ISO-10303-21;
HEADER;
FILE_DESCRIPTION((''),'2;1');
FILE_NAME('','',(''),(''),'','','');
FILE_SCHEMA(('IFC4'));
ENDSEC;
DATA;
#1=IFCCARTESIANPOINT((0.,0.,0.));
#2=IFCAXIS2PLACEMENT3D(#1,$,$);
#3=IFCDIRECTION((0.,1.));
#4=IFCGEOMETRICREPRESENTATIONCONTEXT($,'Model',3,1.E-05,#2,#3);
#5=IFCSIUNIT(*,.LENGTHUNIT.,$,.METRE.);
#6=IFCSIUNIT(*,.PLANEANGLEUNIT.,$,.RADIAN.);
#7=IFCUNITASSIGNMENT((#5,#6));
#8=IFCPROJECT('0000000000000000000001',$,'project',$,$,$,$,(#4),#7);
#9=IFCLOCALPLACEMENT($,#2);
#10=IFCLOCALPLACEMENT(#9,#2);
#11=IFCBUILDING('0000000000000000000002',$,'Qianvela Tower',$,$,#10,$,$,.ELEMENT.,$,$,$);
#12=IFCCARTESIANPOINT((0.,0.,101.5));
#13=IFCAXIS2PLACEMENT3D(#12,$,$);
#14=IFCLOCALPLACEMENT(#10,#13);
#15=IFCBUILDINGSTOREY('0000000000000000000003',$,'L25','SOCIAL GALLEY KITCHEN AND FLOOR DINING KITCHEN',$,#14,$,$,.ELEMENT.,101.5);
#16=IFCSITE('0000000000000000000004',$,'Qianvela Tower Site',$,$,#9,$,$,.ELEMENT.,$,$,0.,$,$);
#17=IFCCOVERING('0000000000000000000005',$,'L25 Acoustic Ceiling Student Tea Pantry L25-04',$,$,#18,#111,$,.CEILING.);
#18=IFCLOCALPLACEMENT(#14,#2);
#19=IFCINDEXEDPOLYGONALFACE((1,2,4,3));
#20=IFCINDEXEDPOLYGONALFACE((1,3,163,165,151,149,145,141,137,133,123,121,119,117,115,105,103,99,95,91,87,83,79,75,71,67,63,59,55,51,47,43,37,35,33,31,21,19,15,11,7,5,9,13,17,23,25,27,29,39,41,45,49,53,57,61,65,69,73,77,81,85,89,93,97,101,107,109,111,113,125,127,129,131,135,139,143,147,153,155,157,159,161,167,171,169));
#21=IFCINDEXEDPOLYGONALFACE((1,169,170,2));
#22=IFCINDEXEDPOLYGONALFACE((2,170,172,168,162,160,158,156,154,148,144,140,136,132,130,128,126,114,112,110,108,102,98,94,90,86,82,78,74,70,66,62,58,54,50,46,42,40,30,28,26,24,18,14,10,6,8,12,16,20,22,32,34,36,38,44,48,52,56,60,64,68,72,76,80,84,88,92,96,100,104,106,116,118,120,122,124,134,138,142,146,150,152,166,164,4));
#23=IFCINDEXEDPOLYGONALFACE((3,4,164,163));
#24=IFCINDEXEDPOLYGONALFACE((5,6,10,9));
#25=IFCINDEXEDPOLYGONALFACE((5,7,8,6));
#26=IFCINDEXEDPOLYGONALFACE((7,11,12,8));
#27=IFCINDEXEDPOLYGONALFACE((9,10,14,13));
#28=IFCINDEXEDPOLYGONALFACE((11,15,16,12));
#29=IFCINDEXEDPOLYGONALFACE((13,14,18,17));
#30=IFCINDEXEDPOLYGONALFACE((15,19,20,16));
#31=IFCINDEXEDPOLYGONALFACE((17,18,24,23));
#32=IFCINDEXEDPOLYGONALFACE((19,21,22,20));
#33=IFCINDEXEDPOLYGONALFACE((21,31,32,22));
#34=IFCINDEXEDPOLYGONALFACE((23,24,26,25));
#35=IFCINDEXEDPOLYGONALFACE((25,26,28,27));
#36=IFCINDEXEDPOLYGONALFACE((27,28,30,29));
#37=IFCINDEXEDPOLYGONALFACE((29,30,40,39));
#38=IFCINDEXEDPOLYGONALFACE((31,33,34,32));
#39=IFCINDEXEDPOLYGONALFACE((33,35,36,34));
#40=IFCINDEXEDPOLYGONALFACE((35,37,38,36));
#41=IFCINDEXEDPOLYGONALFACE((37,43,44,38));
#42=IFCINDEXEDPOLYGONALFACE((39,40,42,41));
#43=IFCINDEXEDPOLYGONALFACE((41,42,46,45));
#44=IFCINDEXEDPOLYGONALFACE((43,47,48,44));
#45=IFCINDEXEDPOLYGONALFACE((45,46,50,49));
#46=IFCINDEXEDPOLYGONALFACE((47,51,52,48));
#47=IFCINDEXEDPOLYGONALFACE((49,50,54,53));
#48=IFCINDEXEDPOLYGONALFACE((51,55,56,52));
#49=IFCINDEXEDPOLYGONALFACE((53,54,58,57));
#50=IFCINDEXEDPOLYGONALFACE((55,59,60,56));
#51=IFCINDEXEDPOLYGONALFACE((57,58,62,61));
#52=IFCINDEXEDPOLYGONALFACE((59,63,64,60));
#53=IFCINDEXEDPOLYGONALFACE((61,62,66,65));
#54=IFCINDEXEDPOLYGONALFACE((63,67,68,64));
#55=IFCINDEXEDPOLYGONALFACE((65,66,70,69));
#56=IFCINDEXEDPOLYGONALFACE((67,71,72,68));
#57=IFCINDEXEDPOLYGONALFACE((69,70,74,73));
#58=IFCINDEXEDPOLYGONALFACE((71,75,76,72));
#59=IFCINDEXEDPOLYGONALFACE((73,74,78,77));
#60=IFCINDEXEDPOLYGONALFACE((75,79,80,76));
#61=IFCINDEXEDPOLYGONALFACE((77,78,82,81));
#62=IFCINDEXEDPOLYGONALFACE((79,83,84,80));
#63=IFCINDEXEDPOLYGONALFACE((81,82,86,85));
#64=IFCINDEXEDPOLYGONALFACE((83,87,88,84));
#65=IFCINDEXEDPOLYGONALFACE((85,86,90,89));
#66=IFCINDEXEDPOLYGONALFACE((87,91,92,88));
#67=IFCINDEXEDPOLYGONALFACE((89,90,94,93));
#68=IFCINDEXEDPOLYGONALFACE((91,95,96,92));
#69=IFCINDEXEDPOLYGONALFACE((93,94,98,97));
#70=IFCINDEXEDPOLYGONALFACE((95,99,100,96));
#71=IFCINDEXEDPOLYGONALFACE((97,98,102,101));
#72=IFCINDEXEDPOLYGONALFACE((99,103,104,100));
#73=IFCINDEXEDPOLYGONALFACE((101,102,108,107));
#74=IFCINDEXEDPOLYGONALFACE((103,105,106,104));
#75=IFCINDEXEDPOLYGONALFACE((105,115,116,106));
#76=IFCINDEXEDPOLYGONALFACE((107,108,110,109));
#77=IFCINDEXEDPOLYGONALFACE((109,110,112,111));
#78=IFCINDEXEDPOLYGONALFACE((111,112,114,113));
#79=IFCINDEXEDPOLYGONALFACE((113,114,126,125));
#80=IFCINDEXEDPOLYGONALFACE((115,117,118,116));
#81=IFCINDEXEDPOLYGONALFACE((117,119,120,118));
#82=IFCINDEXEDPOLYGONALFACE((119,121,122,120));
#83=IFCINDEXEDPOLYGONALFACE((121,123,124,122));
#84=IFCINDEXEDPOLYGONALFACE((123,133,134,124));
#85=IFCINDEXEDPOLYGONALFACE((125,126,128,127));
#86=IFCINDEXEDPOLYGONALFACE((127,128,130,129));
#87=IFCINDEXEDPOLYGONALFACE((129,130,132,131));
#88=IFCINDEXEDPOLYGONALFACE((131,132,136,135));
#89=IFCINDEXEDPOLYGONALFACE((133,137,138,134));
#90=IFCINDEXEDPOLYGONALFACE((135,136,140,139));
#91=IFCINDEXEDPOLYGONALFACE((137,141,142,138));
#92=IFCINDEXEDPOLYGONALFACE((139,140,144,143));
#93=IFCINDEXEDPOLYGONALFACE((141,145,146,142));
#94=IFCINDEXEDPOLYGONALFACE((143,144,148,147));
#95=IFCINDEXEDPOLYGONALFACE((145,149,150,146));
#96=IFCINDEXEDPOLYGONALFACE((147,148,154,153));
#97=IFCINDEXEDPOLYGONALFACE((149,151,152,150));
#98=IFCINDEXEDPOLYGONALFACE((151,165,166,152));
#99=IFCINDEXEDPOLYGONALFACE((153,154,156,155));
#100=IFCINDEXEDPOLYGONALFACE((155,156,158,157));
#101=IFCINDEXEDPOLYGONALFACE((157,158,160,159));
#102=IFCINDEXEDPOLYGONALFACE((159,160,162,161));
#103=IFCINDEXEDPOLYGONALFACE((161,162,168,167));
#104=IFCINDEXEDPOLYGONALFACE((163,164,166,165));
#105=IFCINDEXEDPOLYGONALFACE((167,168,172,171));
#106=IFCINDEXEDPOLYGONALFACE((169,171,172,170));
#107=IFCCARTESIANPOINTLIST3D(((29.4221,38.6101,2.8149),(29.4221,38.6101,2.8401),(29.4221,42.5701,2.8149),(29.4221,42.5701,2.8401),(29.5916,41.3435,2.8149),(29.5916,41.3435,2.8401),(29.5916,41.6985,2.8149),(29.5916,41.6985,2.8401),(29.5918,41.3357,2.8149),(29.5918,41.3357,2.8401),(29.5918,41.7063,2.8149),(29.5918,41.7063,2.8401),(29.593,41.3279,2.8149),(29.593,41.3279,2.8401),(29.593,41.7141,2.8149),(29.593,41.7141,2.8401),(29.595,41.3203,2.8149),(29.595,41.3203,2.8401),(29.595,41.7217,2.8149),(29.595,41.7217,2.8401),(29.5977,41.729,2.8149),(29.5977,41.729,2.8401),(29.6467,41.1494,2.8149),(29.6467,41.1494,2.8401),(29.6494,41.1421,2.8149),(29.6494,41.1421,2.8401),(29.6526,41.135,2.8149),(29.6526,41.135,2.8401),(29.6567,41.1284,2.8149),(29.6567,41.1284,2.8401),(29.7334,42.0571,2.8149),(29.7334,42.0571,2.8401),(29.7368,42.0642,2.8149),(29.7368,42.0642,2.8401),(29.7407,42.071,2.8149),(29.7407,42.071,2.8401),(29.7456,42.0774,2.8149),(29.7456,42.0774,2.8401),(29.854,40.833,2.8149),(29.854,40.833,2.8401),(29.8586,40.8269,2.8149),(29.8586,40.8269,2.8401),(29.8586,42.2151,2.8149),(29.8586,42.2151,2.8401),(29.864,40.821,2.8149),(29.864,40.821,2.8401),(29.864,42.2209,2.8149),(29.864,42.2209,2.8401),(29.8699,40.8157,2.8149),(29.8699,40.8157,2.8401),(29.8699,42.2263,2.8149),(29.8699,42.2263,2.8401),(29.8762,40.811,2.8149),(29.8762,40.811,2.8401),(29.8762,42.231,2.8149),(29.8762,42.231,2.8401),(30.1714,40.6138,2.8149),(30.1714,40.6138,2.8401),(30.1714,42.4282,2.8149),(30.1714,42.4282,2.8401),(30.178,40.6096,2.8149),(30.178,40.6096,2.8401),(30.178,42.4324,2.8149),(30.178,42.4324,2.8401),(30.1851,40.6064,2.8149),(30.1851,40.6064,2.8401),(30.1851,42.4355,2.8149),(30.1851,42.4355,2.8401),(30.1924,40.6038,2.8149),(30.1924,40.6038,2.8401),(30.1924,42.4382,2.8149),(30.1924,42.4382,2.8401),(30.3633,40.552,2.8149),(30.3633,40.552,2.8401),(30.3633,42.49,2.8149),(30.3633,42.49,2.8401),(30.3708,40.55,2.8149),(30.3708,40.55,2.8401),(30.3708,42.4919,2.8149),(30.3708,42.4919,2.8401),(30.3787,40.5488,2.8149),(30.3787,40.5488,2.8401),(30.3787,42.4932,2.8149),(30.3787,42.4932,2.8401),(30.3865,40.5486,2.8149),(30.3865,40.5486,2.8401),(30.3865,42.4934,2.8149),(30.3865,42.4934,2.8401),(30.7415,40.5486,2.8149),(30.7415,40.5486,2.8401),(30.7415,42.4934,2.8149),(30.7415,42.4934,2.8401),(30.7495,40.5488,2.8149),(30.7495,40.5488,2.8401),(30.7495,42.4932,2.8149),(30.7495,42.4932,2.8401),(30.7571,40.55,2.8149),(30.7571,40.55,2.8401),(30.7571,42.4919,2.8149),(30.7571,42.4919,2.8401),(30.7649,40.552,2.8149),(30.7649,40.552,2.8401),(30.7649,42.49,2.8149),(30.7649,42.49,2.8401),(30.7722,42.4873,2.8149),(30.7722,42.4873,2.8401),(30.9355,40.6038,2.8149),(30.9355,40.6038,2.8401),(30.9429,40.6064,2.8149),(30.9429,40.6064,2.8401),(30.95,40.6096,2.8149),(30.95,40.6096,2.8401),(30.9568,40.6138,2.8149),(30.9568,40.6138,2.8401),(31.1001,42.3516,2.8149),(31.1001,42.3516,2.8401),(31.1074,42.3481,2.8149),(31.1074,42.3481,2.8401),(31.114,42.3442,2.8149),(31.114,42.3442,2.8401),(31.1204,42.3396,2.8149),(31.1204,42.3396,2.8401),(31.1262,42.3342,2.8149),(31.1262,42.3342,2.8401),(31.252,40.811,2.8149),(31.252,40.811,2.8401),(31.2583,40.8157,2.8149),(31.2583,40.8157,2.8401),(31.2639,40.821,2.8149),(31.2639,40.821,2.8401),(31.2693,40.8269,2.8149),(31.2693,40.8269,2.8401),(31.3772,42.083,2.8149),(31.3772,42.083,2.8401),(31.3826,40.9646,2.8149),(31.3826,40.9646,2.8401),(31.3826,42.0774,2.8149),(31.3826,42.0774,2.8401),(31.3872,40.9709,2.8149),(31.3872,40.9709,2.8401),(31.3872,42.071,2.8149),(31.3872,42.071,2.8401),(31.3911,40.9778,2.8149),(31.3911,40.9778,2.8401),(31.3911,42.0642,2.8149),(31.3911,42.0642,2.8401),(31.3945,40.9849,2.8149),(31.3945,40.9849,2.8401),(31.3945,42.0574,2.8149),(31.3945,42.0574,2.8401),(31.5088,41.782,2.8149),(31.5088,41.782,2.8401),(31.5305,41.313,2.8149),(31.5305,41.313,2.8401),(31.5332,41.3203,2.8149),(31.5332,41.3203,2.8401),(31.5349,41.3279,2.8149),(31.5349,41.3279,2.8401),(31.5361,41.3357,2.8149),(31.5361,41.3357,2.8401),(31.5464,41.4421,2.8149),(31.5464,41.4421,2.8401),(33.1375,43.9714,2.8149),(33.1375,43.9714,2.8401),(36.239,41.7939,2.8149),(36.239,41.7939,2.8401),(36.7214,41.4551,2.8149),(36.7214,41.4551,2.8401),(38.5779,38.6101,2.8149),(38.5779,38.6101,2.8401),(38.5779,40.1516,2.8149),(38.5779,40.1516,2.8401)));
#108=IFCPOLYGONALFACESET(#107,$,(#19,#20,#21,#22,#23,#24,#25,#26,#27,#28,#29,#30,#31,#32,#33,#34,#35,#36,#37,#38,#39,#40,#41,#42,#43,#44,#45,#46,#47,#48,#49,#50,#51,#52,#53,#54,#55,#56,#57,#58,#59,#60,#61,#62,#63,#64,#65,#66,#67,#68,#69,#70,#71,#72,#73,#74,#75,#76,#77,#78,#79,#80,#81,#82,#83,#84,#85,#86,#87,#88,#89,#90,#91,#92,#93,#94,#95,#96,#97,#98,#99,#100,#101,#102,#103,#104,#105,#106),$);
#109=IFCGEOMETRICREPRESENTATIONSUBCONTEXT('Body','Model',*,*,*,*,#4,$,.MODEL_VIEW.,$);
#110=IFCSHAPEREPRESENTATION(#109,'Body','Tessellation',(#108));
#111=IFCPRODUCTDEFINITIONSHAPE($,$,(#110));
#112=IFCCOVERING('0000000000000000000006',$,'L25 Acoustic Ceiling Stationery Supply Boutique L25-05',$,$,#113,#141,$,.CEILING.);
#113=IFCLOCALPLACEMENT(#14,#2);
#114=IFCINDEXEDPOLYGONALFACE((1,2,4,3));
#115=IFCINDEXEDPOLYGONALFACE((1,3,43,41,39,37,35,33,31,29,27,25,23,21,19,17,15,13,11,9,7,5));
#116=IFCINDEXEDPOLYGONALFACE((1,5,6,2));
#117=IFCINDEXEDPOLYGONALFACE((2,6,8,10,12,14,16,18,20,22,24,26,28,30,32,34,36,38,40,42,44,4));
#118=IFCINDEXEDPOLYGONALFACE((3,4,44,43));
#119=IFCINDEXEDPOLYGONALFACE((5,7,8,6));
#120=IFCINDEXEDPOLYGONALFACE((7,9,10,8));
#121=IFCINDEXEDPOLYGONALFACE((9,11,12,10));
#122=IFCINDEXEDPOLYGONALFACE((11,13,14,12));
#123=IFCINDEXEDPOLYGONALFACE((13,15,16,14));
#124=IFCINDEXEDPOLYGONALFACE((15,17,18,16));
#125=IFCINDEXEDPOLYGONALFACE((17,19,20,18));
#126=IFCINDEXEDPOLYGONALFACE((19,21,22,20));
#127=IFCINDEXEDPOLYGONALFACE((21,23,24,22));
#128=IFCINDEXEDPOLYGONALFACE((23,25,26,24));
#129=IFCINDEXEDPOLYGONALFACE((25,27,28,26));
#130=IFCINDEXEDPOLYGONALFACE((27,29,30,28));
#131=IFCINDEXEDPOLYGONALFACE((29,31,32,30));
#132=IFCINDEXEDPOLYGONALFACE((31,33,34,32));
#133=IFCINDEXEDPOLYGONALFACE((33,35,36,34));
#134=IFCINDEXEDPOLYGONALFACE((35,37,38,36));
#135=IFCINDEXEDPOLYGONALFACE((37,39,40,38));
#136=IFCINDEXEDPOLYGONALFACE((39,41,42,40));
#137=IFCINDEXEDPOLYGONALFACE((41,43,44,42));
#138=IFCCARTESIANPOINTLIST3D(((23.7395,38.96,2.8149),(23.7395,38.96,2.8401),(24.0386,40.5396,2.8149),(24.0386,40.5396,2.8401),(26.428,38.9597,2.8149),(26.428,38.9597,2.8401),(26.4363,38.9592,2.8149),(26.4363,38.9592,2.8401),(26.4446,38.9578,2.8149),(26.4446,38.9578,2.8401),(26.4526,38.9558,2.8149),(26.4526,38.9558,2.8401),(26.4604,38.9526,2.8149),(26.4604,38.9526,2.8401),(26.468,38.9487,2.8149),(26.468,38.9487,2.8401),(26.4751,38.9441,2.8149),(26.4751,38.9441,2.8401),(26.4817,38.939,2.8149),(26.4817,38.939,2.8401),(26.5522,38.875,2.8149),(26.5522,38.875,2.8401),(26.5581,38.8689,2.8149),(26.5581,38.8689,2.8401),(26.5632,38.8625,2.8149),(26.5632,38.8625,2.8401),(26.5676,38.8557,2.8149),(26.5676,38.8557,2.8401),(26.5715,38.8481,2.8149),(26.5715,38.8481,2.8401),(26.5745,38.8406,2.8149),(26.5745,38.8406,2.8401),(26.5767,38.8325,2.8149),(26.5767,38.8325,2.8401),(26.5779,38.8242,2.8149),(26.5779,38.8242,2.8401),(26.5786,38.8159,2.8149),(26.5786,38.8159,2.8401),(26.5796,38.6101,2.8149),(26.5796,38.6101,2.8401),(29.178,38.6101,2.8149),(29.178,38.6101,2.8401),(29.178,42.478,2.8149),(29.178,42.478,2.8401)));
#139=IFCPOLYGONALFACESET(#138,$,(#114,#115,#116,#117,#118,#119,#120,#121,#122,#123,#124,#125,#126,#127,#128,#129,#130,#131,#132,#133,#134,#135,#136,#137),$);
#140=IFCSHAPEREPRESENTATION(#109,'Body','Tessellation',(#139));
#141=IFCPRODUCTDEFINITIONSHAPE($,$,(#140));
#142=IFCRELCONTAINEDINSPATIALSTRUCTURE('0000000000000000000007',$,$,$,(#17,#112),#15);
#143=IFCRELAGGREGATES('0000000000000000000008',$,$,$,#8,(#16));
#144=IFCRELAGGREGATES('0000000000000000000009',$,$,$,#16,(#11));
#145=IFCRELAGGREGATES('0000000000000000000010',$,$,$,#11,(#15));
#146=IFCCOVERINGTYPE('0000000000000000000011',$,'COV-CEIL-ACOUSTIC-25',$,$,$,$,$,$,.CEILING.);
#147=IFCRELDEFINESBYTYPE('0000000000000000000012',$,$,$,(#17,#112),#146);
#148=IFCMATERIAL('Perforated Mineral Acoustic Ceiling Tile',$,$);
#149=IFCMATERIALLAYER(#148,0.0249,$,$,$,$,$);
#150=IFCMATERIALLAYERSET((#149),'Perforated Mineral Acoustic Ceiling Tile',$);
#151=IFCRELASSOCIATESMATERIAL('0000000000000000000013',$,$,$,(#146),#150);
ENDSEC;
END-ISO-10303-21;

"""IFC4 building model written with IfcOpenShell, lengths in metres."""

from ifc_helpers import new_model, si_unit, direction, frame, origin, place, context, subcontext, project, spatial, polyline, outline, extrude, material, layer, layer_set, type_object, element, save


model = new_model("IFC4")

# Units and contexts
model_context = context("Model", 3, precision=1e-05, world=origin(), true_north=direction((0.0, 1.0)))
body_context = subcontext(model_context, "Body", "Model", "MODEL_VIEW")
ifc_project = project(units=[si_unit("LENGTHUNIT", "METRE"), si_unit("PLANEANGLEUNIT", "RADIAN")], contexts=[model_context])

# Site, building, storey
site_placement = place(None, origin())
site = spatial("IfcSite", under=ifc_project, at=site_placement, Name="Qianvela Tower Site", CompositionType="ELEMENT", RefElevation=0.0)
building_placement = place(site_placement, origin())
building = spatial("IfcBuilding", under=site, at=building_placement, Name="Qianvela Tower", CompositionType="ELEMENT")
storey_placement = place(building_placement, frame((0.0, 0.0, 101.5)))
storey = spatial("IfcBuildingStorey", under=building, at=storey_placement, Name="L25", Description="SOCIAL GALLEY KITCHEN AND FLOOR DINING KITCHEN", CompositionType="ELEMENT", Elevation=101.5)

# Coverings
ifc_material_1 = material(Name="Perforated Mineral Acoustic Ceiling Tile")
ifc_layer_1 = layer(ifc_material_1, 0.0249)
ifc_layer_set_1 = layer_set([ifc_layer_1], Name="Perforated Mineral Acoustic Ceiling Tile")
covering_type_1 = type_object("IfcCoveringType", Name="COV-CEIL-ACOUSTIC-25", PredefinedType="CEILING", material=ifc_layer_set_1)
covering_1_placement = place(storey_placement, frame((0.0, 0.0, 2.8149)))
element("IfcCovering", 1, at=covering_1_placement, inside=storey, type_object=covering_type_1, Name="L25 Acoustic Ceiling Student Tea Pantry L25-04", PredefinedType="CEILING", context=body_context, shape_type="SweptSolid", body=[
    extrude(outline(polyline([(29.4221, 38.6101), (29.4221, 42.5701), (33.1375, 43.9714), (36.239, 41.7939), (31.5088, 41.782), (31.3945, 42.0574), (31.3911, 42.0642), (31.3872, 42.071), (31.3826, 42.0774), (31.3772, 42.083), (31.1262, 42.3342), (31.1204, 42.3396), (31.114, 42.3442), (31.1074, 42.3481), (31.1001, 42.3516), (30.7722, 42.4873), (30.7649, 42.49), (30.7571, 42.4919), (30.7495, 42.4932), (30.7415, 42.4934), (30.3865, 42.4934), (30.3787, 42.4932), (30.3708, 42.4919), (30.3633, 42.49), (30.1924, 42.4382), (30.1851, 42.4355), (30.178, 42.4324), (30.1714, 42.4282), (29.8762, 42.231), (29.8699, 42.2263), (29.864, 42.2209), (29.8586, 42.2151), (29.7456, 42.0774), (29.7407, 42.071), (29.7368, 42.0642), (29.7334, 42.0571), (29.5977, 41.729), (29.595, 41.7217), (29.593, 41.7141), (29.5918, 41.7063), (29.5916, 41.6985), (29.5916, 41.3435), (29.5918, 41.3357), (29.593, 41.3279), (29.595, 41.3203), (29.6467, 41.1494), (29.6494, 41.1421), (29.6526, 41.135), (29.6567, 41.1284), (29.854, 40.833), (29.8586, 40.8269), (29.864, 40.821), (29.8699, 40.8157), (29.8762, 40.811), (30.1714, 40.6138), (30.178, 40.6096), (30.1851, 40.6064), (30.1924, 40.6038), (30.3633, 40.552), (30.3708, 40.55), (30.3787, 40.5488), (30.3865, 40.5486), (30.7415, 40.5486), (30.7495, 40.5488), (30.7571, 40.55), (30.7649, 40.552), (30.9355, 40.6038), (30.9429, 40.6064), (30.95, 40.6096), (30.9568, 40.6138), (31.252, 40.811), (31.2583, 40.8157), (31.2639, 40.821), (31.2693, 40.8269), (31.3826, 40.9646), (31.3872, 40.9709), (31.3911, 40.9778), (31.3945, 40.9849), (31.5305, 41.313), (31.5332, 41.3203), (31.5349, 41.3279), (31.5361, 41.3357), (31.5464, 41.4421), (36.7214, 41.4551), (38.5779, 40.1516), (38.5779, 38.6101), (29.4221, 38.6101)])), origin(), (0.0, 0.0, 1.0), 0.0251),
])
covering_2_placement = place(storey_placement, frame((0.0, 0.0, 2.8149)))
element("IfcCovering", 2, at=covering_2_placement, inside=storey, type_object=covering_type_1, Name="L25 Acoustic Ceiling Stationery Supply Boutique L25-05", PredefinedType="CEILING", context=body_context, shape_type="SweptSolid", body=[
    extrude(outline(polyline([(29.178, 38.6101), (26.5796, 38.6101), (26.5786, 38.8159), (26.5779, 38.8242), (26.5767, 38.8325), (26.5745, 38.8406), (26.5715, 38.8481), (26.5676, 38.8557), (26.5632, 38.8625), (26.5581, 38.8689), (26.5522, 38.875), (26.4817, 38.939), (26.4751, 38.9441), (26.468, 38.9487), (26.4604, 38.9526), (26.4526, 38.9558), (26.4446, 38.9578), (26.4363, 38.9592), (26.428, 38.9597), (23.7395, 38.96), (24.0386, 40.5396), (29.178, 42.478), (29.178, 38.6101)])), origin(), (0.0, 0.0, 1.0), 0.0251),
])

save(model, "model.ifc")
